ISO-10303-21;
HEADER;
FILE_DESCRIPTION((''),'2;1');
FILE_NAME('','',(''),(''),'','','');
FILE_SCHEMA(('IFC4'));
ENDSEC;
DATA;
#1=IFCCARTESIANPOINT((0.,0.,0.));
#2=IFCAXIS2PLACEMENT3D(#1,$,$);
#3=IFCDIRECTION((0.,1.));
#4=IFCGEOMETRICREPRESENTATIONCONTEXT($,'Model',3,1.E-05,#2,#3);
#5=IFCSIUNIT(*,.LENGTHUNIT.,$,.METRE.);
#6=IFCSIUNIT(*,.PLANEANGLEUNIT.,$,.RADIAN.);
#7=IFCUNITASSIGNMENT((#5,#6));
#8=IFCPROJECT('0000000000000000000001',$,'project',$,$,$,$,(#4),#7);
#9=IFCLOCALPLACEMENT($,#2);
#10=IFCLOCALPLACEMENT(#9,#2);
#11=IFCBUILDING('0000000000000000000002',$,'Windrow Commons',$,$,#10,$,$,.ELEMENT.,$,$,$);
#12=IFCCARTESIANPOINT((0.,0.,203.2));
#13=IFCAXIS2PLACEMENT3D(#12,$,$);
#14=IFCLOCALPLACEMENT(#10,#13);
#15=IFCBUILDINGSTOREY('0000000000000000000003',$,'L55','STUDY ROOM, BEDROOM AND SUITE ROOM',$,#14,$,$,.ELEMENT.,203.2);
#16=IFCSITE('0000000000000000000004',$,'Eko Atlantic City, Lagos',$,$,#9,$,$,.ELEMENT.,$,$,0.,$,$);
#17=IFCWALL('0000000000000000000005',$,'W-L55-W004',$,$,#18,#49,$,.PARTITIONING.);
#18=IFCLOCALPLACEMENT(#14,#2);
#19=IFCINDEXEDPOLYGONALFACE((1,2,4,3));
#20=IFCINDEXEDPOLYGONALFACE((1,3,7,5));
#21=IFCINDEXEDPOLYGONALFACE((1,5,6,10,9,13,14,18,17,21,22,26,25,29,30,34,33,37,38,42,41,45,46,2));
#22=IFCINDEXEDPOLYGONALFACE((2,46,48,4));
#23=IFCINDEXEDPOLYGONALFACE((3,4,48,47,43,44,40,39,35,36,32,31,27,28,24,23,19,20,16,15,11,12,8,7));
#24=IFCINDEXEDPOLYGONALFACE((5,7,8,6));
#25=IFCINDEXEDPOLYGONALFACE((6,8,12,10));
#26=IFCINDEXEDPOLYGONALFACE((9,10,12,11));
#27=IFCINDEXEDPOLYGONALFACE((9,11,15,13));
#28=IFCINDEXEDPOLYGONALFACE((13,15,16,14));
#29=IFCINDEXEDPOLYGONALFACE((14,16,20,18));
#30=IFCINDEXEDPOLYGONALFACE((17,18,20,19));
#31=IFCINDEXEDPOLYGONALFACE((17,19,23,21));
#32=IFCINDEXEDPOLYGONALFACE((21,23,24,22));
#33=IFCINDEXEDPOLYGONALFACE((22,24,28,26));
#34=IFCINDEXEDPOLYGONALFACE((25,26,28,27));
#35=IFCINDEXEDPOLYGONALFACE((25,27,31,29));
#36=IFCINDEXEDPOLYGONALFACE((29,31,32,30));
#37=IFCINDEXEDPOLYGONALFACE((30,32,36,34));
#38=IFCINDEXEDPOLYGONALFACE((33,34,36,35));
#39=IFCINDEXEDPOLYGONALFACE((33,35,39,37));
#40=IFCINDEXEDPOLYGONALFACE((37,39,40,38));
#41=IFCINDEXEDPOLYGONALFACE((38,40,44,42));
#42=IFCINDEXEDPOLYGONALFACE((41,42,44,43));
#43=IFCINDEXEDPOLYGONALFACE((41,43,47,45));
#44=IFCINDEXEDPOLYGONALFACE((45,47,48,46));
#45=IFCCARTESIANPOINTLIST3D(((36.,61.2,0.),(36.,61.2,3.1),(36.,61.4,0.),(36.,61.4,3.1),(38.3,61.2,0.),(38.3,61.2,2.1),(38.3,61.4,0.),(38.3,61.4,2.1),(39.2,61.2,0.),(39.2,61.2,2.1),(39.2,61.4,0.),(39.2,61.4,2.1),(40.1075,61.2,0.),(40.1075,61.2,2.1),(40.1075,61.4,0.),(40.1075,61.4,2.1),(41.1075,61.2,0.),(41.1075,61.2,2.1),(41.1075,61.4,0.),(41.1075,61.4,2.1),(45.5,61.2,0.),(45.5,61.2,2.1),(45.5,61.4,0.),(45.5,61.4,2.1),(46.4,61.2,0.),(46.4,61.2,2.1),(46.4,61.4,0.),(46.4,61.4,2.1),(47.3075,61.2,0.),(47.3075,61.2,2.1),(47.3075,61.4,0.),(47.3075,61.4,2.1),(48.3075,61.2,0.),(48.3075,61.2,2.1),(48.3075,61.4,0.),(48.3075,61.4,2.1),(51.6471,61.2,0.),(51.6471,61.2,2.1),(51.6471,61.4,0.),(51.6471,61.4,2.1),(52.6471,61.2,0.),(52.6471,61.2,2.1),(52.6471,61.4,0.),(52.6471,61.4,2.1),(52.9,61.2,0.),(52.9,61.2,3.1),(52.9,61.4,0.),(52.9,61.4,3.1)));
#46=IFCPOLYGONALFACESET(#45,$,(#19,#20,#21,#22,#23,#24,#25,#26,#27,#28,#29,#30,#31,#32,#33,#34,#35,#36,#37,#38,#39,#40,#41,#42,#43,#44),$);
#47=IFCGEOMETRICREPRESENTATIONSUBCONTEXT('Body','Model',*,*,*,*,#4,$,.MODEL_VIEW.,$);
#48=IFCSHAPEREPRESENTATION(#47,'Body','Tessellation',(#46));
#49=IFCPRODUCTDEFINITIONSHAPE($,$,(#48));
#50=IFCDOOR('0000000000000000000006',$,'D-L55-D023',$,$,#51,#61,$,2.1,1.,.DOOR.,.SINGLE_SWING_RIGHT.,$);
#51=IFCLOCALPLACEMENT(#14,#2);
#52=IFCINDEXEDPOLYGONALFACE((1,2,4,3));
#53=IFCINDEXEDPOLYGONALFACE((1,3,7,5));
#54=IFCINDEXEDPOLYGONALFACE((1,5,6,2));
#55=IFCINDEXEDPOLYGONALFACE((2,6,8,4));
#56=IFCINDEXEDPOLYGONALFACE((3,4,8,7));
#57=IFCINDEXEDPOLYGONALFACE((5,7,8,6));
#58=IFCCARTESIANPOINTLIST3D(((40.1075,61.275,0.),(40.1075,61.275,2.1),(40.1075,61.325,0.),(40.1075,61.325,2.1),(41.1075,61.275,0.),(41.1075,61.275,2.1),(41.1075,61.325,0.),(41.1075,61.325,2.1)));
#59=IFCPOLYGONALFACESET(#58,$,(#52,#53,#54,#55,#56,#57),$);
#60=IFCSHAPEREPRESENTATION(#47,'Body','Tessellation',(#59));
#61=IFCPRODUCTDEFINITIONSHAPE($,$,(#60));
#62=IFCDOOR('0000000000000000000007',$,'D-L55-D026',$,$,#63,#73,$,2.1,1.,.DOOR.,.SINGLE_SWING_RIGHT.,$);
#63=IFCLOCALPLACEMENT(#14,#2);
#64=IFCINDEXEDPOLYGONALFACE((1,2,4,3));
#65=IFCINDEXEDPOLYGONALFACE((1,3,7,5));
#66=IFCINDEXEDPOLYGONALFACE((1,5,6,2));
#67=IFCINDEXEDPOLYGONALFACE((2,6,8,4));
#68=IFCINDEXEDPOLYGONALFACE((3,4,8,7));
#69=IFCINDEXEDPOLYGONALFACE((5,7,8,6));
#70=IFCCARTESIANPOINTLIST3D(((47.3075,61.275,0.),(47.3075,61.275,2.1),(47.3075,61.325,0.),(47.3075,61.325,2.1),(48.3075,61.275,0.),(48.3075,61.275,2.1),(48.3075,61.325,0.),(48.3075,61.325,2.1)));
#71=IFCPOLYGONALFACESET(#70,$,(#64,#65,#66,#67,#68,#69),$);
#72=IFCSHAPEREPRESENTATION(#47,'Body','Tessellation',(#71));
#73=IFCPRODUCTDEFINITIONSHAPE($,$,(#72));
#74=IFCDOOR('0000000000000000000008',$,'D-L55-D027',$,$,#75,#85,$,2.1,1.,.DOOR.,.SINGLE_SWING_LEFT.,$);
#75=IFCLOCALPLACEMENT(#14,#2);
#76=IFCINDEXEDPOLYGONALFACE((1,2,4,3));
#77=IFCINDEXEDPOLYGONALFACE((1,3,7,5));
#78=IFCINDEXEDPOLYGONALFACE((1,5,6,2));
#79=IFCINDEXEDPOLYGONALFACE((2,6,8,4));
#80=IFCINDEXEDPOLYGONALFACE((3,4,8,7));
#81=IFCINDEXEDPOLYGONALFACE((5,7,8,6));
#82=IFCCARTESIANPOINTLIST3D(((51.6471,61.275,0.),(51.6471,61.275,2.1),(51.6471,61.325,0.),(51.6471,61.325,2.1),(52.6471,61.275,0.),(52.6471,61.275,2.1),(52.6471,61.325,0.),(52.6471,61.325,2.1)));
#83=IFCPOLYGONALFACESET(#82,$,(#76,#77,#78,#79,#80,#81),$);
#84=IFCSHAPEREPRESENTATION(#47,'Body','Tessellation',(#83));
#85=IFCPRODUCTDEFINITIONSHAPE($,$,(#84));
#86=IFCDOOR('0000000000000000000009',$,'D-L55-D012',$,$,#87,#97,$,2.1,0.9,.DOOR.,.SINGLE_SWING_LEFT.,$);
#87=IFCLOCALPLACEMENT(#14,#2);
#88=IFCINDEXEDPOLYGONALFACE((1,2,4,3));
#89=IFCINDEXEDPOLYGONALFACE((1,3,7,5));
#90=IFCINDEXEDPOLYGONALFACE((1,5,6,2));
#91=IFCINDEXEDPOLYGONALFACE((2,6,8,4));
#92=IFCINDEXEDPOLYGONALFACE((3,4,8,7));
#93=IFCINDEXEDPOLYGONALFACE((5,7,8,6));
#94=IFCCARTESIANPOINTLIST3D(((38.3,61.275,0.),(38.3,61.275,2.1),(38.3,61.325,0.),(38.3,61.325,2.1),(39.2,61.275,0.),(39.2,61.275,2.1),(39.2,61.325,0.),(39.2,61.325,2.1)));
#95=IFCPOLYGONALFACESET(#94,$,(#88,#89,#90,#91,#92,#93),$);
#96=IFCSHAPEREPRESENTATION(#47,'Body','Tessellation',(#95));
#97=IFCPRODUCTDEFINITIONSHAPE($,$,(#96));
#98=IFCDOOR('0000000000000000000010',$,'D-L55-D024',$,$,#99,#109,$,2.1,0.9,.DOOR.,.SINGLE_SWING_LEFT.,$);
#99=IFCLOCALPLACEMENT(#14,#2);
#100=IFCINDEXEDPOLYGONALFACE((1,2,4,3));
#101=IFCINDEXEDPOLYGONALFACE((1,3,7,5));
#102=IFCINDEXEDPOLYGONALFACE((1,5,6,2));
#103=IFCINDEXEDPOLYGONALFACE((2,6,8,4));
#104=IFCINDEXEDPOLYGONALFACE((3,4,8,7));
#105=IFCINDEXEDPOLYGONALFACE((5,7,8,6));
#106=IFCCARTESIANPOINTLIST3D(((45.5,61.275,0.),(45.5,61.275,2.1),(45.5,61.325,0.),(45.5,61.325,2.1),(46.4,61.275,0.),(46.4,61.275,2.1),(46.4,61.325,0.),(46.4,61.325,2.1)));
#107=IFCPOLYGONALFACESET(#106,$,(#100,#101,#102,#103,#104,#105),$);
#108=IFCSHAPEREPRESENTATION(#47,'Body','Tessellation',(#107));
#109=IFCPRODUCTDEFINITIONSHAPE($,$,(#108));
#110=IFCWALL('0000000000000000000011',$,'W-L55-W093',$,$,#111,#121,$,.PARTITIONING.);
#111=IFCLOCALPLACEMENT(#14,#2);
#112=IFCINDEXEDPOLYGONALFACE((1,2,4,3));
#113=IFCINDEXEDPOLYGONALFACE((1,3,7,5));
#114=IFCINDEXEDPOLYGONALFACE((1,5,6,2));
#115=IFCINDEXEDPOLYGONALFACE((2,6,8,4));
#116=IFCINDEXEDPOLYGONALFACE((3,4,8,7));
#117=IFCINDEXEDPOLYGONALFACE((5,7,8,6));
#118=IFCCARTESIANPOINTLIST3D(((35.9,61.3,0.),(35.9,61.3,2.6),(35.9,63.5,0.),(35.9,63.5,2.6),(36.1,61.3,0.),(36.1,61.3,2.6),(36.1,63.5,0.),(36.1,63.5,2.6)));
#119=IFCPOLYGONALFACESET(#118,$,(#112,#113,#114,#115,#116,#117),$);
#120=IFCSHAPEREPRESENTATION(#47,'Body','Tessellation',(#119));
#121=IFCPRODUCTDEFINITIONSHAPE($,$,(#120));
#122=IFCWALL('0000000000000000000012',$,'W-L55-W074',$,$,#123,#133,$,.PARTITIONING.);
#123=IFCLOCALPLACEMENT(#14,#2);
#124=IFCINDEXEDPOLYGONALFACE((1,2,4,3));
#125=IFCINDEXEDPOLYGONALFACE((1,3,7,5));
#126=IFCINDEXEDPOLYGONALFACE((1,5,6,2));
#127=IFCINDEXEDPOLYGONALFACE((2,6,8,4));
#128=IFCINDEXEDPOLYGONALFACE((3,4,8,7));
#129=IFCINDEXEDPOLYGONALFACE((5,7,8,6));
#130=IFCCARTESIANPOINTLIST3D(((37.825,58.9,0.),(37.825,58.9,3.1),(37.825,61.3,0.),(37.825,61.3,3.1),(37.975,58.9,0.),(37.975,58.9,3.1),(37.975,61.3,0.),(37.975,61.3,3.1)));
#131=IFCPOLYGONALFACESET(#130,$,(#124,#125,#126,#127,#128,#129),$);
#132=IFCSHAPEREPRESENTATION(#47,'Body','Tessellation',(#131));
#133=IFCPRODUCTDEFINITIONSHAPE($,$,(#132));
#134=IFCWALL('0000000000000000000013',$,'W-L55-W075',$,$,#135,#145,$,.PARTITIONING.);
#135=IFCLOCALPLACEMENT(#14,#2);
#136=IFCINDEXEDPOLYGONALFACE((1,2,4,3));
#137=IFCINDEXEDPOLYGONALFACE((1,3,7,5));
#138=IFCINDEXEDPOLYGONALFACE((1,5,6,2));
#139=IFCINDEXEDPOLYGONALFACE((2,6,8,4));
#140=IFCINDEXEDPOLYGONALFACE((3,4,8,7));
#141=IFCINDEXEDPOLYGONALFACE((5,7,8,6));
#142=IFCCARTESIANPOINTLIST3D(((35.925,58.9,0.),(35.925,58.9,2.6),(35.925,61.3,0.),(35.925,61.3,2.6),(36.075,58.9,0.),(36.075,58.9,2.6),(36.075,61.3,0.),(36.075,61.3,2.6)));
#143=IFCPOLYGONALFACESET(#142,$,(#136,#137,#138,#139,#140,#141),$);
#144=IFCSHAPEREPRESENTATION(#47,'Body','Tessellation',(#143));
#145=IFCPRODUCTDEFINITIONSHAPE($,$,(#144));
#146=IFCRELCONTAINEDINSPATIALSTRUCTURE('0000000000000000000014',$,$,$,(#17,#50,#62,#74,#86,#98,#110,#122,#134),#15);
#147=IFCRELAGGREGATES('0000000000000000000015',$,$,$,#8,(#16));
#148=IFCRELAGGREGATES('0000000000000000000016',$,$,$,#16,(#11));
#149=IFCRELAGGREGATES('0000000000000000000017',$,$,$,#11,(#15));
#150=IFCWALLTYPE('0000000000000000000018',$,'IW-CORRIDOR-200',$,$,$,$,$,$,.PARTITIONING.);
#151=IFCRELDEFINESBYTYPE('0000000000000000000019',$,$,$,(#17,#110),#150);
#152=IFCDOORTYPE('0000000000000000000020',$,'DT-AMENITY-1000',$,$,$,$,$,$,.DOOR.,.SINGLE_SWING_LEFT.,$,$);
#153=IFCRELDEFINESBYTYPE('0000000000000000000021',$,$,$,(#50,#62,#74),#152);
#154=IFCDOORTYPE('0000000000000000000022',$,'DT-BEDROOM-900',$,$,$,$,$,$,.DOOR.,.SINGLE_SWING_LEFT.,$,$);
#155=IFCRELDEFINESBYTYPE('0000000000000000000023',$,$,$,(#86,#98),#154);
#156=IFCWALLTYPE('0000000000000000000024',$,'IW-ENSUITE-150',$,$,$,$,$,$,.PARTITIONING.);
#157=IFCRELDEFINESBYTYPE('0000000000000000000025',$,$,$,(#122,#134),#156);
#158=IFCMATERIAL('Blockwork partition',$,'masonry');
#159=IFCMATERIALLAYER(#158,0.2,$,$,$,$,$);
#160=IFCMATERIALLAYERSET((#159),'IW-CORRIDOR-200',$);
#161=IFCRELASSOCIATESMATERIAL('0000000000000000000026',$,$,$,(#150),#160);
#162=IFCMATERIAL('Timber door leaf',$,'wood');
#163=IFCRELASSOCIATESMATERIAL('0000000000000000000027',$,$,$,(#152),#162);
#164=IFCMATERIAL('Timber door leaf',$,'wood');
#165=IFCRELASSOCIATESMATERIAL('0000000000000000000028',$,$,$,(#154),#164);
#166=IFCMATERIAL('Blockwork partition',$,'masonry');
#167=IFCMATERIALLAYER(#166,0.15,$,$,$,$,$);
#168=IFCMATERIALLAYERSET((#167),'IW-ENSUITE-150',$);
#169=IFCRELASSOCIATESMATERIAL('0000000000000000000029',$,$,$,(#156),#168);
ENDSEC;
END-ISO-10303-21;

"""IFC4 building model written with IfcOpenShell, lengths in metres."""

from ifc_helpers import new_model, si_unit, direction, frame, frame_2d, origin, place, context, subcontext, project, spatial, rectangle, extrude, material, layer, layer_set, type_object, element, fill, save


model = new_model("IFC4")

# Units and contexts
model_context = context("Model", 3, precision=1e-05, world=origin(), true_north=direction((0.0, 1.0)))
body_context = subcontext(model_context, "Body", "Model", "MODEL_VIEW")
ifc_project = project(units=[si_unit("LENGTHUNIT", "METRE"), si_unit("PLANEANGLEUNIT", "RADIAN")], contexts=[model_context])

# Site, building, storey
site_placement = place(None, origin())
site = spatial("IfcSite", under=ifc_project, at=site_placement, Name="Eko Atlantic City, Lagos", CompositionType="ELEMENT", RefElevation=0.0)
building_placement = place(site_placement, origin())
building = spatial("IfcBuilding", under=site, at=building_placement, Name="Windrow Commons", CompositionType="ELEMENT")
storey_placement = place(building_placement, frame((0.0, 0.0, 203.2)))
storey = spatial("IfcBuildingStorey", under=building, at=storey_placement, Name="L55", Description="STUDY ROOM, BEDROOM AND SUITE ROOM", CompositionType="ELEMENT", Elevation=203.2)

# Wall, openings, doors
ifc_material_1 = material(Name="Blockwork partition", Category="masonry")
ifc_layer_1 = layer(ifc_material_1, 0.2)
ifc_layer_set_1 = layer_set([ifc_layer_1], Name="IW-CORRIDOR-200")
wall_type_1 = type_object("IfcWallType", Name="IW-CORRIDOR-200", PredefinedType="PARTITIONING", material=ifc_layer_set_1)
wall_1_placement = place(storey_placement, frame((36.0, 61.3, 0.0), z_axis=(0.0, 0.0, 1.0), x_axis=(1.0, 0.0, 0.0)))
wall_1 = element("IfcWall", 1, at=wall_1_placement, inside=storey, type_object=wall_type_1, Name="W-L55-W004", PredefinedType="PARTITIONING", context=body_context, shape_type="SweptSolid", body=[
    extrude(rectangle(XDim=16.9, YDim=0.2, at=frame_2d((8.45, 0.0))), origin(), (0.0, 0.0, 1.0), 3.1),
])
opening_1_placement = place(wall_1_placement, frame((2.3, 0.0, 0.0)))
opening_1 = element("IfcOpeningElement", 2, at=opening_1_placement, cuts=wall_1, PredefinedType="OPENING", context=body_context, shape_type="SweptSolid", body=[
    extrude(rectangle(XDim=0.9, YDim=2.1, at=frame_2d((0.45, 1.05))), frame((0.0, 0.11, 0.0), z_axis=(0.0, -1.0, 0.0), x_axis=(1.0, 0.0, 0.0)), (0.0, 0.0, 1.0), 0.22),
])
opening_2_placement = place(wall_1_placement, frame((4.1075, 0.0, 0.0)))
opening_2 = element("IfcOpeningElement", 3, at=opening_2_placement, cuts=wall_1, PredefinedType="OPENING", context=body_context, shape_type="SweptSolid", body=[
    extrude(rectangle(XDim=1.0, YDim=2.1, at=frame_2d((0.5, 1.05))), frame((0.0, 0.11, 0.0), z_axis=(0.0, -1.0, 0.0), x_axis=(1.0, 0.0, 0.0)), (0.0, 0.0, 1.0), 0.22),
])
opening_3_placement = place(wall_1_placement, frame((9.5, 0.0, 0.0)))
opening_3 = element("IfcOpeningElement", 4, at=opening_3_placement, cuts=wall_1, PredefinedType="OPENING", context=body_context, shape_type="SweptSolid", body=[
    extrude(rectangle(XDim=0.9, YDim=2.1, at=frame_2d((0.45, 1.05))), frame((0.0, 0.11, 0.0), z_axis=(0.0, -1.0, 0.0), x_axis=(1.0, 0.0, 0.0)), (0.0, 0.0, 1.0), 0.22),
])
opening_4_placement = place(wall_1_placement, frame((11.3075, 0.0, 0.0)))
opening_4 = element("IfcOpeningElement", 5, at=opening_4_placement, cuts=wall_1, PredefinedType="OPENING", context=body_context, shape_type="SweptSolid", body=[
    extrude(rectangle(XDim=1.0, YDim=2.1, at=frame_2d((0.5, 1.05))), frame((0.0, 0.11, 0.0), z_axis=(0.0, -1.0, 0.0), x_axis=(1.0, 0.0, 0.0)), (0.0, 0.0, 1.0), 0.22),
])
opening_5_placement = place(wall_1_placement, frame((15.6471, 0.0, 0.0)))
opening_5 = element("IfcOpeningElement", 6, at=opening_5_placement, cuts=wall_1, PredefinedType="OPENING", context=body_context, shape_type="SweptSolid", body=[
    extrude(rectangle(XDim=1.0, YDim=2.1, at=frame_2d((0.5, 1.05))), frame((0.0, 0.11, 0.0), z_axis=(0.0, -1.0, 0.0), x_axis=(1.0, 0.0, 0.0)), (0.0, 0.0, 1.0), 0.22),
])
ifc_material_2 = material(Name="Timber door leaf", Category="wood")
door_type_1 = type_object("IfcDoorType", Name="DT-AMENITY-1000", OperationType="SINGLE_SWING_LEFT", PredefinedType="DOOR", material=ifc_material_2)
door_1_placement = place(opening_2_placement, origin())
door_1 = element("IfcDoor", 7, at=door_1_placement, inside=storey, type_object=door_type_1, Name="D-L55-D023", OperationType="SINGLE_SWING_RIGHT", OverallHeight=2.1, OverallWidth=1.0, PredefinedType="DOOR", context=body_context, shape_type="SweptSolid", body=[
    extrude(rectangle(XDim=1.0, YDim=2.1, at=frame_2d((0.5, 1.05))), frame((0.0, 0.025, 0.0), z_axis=(0.0, -1.0, 0.0), x_axis=(1.0, 0.0, 0.0)), (0.0, 0.0, 1.0), 0.05),
])
fill(opening_2, door_1)
door_2_placement = place(opening_4_placement, origin())
door_2 = element("IfcDoor", 8, at=door_2_placement, inside=storey, type_object=door_type_1, Name="D-L55-D026", OperationType="SINGLE_SWING_RIGHT", OverallHeight=2.1, OverallWidth=1.0, PredefinedType="DOOR", context=body_context, shape_type="SweptSolid", body=[
    extrude(rectangle(XDim=1.0, YDim=2.1, at=frame_2d((0.5, 1.05))), frame((0.0, 0.025, 0.0), z_axis=(0.0, -1.0, 0.0), x_axis=(1.0, 0.0, 0.0)), (0.0, 0.0, 1.0), 0.05),
])
fill(opening_4, door_2)
door_3_placement = place(opening_5_placement, origin())
door_3 = element("IfcDoor", 9, at=door_3_placement, inside=storey, type_object=door_type_1, Name="D-L55-D027", OperationType="SINGLE_SWING_LEFT", OverallHeight=2.1, OverallWidth=1.0, PredefinedType="DOOR", context=body_context, shape_type="SweptSolid", body=[
    extrude(rectangle(XDim=1.0, YDim=2.1, at=frame_2d((0.5, 1.05))), frame((0.0, 0.025, 0.0), z_axis=(0.0, -1.0, 0.0), x_axis=(1.0, 0.0, 0.0)), (0.0, 0.0, 1.0), 0.05),
])
fill(opening_5, door_3)
ifc_material_3 = material(Name="Timber door leaf", Category="wood")
door_type_2 = type_object("IfcDoorType", Name="DT-BEDROOM-900", OperationType="SINGLE_SWING_LEFT", PredefinedType="DOOR", material=ifc_material_3)
door_4_placement = place(opening_1_placement, origin())
door_4 = element("IfcDoor", 10, at=door_4_placement, inside=storey, type_object=door_type_2, Name="D-L55-D012", OperationType="SINGLE_SWING_LEFT", OverallHeight=2.1, OverallWidth=0.9, PredefinedType="DOOR", context=body_context, shape_type="SweptSolid", body=[
    extrude(rectangle(XDim=0.9, YDim=2.1, at=frame_2d((0.45, 1.05))), frame((0.0, 0.025, 0.0), z_axis=(0.0, -1.0, 0.0), x_axis=(1.0, 0.0, 0.0)), (0.0, 0.0, 1.0), 0.05),
])
fill(opening_1, door_4)
door_5_placement = place(opening_3_placement, origin())
door_5 = element("IfcDoor", 11, at=door_5_placement, inside=storey, type_object=door_type_2, Name="D-L55-D024", OperationType="SINGLE_SWING_LEFT", OverallHeight=2.1, OverallWidth=0.9, PredefinedType="DOOR", context=body_context, shape_type="SweptSolid", body=[
    extrude(rectangle(XDim=0.9, YDim=2.1, at=frame_2d((0.45, 1.05))), frame((0.0, 0.025, 0.0), z_axis=(0.0, -1.0, 0.0), x_axis=(1.0, 0.0, 0.0)), (0.0, 0.0, 1.0), 0.05),
])
fill(opening_3, door_5)

# Walls
wall_2_placement = place(storey_placement, frame((36.0, 61.3, 0.0), z_axis=(0.0, 0.0, 1.0), x_axis=(0.0, 1.0, 0.0)))
element("IfcWall", 12, at=wall_2_placement, inside=storey, type_object=wall_type_1, Name="W-L55-W093", PredefinedType="PARTITIONING", context=body_context, shape_type="SweptSolid", body=[
    extrude(rectangle(XDim=2.2, YDim=0.2, at=frame_2d((1.1, 0.0))), origin(), (0.0, 0.0, 1.0), 2.6),
])
ifc_material_4 = material(Name="Blockwork partition", Category="masonry")
ifc_layer_2 = layer(ifc_material_4, 0.15)
ifc_layer_set_2 = layer_set([ifc_layer_2], Name="IW-ENSUITE-150")
wall_type_2 = type_object("IfcWallType", Name="IW-ENSUITE-150", PredefinedType="PARTITIONING", material=ifc_layer_set_2)
wall_3_placement = place(storey_placement, frame((37.9, 58.9, 0.0), z_axis=(0.0, 0.0, 1.0), x_axis=(0.0, 1.0, 0.0)))
element("IfcWall", 13, at=wall_3_placement, inside=storey, type_object=wall_type_2, Name="W-L55-W074", PredefinedType="PARTITIONING", context=body_context, shape_type="SweptSolid", body=[
    extrude(rectangle(XDim=2.4, YDim=0.15, at=frame_2d((1.2, 0.0))), origin(), (0.0, 0.0, 1.0), 3.1),
])
wall_4_placement = place(storey_placement, frame((36.0, 58.9, 0.0), z_axis=(0.0, 0.0, 1.0), x_axis=(0.0, 1.0, 0.0)))
element("IfcWall", 14, at=wall_4_placement, inside=storey, type_object=wall_type_2, Name="W-L55-W075", PredefinedType="PARTITIONING", context=body_context, shape_type="SweptSolid", body=[
    extrude(rectangle(XDim=2.4, YDim=0.15, at=frame_2d((1.2, 0.0))), origin(), (0.0, 0.0, 1.0), 2.6),
])

save(model, "model.ifc")
